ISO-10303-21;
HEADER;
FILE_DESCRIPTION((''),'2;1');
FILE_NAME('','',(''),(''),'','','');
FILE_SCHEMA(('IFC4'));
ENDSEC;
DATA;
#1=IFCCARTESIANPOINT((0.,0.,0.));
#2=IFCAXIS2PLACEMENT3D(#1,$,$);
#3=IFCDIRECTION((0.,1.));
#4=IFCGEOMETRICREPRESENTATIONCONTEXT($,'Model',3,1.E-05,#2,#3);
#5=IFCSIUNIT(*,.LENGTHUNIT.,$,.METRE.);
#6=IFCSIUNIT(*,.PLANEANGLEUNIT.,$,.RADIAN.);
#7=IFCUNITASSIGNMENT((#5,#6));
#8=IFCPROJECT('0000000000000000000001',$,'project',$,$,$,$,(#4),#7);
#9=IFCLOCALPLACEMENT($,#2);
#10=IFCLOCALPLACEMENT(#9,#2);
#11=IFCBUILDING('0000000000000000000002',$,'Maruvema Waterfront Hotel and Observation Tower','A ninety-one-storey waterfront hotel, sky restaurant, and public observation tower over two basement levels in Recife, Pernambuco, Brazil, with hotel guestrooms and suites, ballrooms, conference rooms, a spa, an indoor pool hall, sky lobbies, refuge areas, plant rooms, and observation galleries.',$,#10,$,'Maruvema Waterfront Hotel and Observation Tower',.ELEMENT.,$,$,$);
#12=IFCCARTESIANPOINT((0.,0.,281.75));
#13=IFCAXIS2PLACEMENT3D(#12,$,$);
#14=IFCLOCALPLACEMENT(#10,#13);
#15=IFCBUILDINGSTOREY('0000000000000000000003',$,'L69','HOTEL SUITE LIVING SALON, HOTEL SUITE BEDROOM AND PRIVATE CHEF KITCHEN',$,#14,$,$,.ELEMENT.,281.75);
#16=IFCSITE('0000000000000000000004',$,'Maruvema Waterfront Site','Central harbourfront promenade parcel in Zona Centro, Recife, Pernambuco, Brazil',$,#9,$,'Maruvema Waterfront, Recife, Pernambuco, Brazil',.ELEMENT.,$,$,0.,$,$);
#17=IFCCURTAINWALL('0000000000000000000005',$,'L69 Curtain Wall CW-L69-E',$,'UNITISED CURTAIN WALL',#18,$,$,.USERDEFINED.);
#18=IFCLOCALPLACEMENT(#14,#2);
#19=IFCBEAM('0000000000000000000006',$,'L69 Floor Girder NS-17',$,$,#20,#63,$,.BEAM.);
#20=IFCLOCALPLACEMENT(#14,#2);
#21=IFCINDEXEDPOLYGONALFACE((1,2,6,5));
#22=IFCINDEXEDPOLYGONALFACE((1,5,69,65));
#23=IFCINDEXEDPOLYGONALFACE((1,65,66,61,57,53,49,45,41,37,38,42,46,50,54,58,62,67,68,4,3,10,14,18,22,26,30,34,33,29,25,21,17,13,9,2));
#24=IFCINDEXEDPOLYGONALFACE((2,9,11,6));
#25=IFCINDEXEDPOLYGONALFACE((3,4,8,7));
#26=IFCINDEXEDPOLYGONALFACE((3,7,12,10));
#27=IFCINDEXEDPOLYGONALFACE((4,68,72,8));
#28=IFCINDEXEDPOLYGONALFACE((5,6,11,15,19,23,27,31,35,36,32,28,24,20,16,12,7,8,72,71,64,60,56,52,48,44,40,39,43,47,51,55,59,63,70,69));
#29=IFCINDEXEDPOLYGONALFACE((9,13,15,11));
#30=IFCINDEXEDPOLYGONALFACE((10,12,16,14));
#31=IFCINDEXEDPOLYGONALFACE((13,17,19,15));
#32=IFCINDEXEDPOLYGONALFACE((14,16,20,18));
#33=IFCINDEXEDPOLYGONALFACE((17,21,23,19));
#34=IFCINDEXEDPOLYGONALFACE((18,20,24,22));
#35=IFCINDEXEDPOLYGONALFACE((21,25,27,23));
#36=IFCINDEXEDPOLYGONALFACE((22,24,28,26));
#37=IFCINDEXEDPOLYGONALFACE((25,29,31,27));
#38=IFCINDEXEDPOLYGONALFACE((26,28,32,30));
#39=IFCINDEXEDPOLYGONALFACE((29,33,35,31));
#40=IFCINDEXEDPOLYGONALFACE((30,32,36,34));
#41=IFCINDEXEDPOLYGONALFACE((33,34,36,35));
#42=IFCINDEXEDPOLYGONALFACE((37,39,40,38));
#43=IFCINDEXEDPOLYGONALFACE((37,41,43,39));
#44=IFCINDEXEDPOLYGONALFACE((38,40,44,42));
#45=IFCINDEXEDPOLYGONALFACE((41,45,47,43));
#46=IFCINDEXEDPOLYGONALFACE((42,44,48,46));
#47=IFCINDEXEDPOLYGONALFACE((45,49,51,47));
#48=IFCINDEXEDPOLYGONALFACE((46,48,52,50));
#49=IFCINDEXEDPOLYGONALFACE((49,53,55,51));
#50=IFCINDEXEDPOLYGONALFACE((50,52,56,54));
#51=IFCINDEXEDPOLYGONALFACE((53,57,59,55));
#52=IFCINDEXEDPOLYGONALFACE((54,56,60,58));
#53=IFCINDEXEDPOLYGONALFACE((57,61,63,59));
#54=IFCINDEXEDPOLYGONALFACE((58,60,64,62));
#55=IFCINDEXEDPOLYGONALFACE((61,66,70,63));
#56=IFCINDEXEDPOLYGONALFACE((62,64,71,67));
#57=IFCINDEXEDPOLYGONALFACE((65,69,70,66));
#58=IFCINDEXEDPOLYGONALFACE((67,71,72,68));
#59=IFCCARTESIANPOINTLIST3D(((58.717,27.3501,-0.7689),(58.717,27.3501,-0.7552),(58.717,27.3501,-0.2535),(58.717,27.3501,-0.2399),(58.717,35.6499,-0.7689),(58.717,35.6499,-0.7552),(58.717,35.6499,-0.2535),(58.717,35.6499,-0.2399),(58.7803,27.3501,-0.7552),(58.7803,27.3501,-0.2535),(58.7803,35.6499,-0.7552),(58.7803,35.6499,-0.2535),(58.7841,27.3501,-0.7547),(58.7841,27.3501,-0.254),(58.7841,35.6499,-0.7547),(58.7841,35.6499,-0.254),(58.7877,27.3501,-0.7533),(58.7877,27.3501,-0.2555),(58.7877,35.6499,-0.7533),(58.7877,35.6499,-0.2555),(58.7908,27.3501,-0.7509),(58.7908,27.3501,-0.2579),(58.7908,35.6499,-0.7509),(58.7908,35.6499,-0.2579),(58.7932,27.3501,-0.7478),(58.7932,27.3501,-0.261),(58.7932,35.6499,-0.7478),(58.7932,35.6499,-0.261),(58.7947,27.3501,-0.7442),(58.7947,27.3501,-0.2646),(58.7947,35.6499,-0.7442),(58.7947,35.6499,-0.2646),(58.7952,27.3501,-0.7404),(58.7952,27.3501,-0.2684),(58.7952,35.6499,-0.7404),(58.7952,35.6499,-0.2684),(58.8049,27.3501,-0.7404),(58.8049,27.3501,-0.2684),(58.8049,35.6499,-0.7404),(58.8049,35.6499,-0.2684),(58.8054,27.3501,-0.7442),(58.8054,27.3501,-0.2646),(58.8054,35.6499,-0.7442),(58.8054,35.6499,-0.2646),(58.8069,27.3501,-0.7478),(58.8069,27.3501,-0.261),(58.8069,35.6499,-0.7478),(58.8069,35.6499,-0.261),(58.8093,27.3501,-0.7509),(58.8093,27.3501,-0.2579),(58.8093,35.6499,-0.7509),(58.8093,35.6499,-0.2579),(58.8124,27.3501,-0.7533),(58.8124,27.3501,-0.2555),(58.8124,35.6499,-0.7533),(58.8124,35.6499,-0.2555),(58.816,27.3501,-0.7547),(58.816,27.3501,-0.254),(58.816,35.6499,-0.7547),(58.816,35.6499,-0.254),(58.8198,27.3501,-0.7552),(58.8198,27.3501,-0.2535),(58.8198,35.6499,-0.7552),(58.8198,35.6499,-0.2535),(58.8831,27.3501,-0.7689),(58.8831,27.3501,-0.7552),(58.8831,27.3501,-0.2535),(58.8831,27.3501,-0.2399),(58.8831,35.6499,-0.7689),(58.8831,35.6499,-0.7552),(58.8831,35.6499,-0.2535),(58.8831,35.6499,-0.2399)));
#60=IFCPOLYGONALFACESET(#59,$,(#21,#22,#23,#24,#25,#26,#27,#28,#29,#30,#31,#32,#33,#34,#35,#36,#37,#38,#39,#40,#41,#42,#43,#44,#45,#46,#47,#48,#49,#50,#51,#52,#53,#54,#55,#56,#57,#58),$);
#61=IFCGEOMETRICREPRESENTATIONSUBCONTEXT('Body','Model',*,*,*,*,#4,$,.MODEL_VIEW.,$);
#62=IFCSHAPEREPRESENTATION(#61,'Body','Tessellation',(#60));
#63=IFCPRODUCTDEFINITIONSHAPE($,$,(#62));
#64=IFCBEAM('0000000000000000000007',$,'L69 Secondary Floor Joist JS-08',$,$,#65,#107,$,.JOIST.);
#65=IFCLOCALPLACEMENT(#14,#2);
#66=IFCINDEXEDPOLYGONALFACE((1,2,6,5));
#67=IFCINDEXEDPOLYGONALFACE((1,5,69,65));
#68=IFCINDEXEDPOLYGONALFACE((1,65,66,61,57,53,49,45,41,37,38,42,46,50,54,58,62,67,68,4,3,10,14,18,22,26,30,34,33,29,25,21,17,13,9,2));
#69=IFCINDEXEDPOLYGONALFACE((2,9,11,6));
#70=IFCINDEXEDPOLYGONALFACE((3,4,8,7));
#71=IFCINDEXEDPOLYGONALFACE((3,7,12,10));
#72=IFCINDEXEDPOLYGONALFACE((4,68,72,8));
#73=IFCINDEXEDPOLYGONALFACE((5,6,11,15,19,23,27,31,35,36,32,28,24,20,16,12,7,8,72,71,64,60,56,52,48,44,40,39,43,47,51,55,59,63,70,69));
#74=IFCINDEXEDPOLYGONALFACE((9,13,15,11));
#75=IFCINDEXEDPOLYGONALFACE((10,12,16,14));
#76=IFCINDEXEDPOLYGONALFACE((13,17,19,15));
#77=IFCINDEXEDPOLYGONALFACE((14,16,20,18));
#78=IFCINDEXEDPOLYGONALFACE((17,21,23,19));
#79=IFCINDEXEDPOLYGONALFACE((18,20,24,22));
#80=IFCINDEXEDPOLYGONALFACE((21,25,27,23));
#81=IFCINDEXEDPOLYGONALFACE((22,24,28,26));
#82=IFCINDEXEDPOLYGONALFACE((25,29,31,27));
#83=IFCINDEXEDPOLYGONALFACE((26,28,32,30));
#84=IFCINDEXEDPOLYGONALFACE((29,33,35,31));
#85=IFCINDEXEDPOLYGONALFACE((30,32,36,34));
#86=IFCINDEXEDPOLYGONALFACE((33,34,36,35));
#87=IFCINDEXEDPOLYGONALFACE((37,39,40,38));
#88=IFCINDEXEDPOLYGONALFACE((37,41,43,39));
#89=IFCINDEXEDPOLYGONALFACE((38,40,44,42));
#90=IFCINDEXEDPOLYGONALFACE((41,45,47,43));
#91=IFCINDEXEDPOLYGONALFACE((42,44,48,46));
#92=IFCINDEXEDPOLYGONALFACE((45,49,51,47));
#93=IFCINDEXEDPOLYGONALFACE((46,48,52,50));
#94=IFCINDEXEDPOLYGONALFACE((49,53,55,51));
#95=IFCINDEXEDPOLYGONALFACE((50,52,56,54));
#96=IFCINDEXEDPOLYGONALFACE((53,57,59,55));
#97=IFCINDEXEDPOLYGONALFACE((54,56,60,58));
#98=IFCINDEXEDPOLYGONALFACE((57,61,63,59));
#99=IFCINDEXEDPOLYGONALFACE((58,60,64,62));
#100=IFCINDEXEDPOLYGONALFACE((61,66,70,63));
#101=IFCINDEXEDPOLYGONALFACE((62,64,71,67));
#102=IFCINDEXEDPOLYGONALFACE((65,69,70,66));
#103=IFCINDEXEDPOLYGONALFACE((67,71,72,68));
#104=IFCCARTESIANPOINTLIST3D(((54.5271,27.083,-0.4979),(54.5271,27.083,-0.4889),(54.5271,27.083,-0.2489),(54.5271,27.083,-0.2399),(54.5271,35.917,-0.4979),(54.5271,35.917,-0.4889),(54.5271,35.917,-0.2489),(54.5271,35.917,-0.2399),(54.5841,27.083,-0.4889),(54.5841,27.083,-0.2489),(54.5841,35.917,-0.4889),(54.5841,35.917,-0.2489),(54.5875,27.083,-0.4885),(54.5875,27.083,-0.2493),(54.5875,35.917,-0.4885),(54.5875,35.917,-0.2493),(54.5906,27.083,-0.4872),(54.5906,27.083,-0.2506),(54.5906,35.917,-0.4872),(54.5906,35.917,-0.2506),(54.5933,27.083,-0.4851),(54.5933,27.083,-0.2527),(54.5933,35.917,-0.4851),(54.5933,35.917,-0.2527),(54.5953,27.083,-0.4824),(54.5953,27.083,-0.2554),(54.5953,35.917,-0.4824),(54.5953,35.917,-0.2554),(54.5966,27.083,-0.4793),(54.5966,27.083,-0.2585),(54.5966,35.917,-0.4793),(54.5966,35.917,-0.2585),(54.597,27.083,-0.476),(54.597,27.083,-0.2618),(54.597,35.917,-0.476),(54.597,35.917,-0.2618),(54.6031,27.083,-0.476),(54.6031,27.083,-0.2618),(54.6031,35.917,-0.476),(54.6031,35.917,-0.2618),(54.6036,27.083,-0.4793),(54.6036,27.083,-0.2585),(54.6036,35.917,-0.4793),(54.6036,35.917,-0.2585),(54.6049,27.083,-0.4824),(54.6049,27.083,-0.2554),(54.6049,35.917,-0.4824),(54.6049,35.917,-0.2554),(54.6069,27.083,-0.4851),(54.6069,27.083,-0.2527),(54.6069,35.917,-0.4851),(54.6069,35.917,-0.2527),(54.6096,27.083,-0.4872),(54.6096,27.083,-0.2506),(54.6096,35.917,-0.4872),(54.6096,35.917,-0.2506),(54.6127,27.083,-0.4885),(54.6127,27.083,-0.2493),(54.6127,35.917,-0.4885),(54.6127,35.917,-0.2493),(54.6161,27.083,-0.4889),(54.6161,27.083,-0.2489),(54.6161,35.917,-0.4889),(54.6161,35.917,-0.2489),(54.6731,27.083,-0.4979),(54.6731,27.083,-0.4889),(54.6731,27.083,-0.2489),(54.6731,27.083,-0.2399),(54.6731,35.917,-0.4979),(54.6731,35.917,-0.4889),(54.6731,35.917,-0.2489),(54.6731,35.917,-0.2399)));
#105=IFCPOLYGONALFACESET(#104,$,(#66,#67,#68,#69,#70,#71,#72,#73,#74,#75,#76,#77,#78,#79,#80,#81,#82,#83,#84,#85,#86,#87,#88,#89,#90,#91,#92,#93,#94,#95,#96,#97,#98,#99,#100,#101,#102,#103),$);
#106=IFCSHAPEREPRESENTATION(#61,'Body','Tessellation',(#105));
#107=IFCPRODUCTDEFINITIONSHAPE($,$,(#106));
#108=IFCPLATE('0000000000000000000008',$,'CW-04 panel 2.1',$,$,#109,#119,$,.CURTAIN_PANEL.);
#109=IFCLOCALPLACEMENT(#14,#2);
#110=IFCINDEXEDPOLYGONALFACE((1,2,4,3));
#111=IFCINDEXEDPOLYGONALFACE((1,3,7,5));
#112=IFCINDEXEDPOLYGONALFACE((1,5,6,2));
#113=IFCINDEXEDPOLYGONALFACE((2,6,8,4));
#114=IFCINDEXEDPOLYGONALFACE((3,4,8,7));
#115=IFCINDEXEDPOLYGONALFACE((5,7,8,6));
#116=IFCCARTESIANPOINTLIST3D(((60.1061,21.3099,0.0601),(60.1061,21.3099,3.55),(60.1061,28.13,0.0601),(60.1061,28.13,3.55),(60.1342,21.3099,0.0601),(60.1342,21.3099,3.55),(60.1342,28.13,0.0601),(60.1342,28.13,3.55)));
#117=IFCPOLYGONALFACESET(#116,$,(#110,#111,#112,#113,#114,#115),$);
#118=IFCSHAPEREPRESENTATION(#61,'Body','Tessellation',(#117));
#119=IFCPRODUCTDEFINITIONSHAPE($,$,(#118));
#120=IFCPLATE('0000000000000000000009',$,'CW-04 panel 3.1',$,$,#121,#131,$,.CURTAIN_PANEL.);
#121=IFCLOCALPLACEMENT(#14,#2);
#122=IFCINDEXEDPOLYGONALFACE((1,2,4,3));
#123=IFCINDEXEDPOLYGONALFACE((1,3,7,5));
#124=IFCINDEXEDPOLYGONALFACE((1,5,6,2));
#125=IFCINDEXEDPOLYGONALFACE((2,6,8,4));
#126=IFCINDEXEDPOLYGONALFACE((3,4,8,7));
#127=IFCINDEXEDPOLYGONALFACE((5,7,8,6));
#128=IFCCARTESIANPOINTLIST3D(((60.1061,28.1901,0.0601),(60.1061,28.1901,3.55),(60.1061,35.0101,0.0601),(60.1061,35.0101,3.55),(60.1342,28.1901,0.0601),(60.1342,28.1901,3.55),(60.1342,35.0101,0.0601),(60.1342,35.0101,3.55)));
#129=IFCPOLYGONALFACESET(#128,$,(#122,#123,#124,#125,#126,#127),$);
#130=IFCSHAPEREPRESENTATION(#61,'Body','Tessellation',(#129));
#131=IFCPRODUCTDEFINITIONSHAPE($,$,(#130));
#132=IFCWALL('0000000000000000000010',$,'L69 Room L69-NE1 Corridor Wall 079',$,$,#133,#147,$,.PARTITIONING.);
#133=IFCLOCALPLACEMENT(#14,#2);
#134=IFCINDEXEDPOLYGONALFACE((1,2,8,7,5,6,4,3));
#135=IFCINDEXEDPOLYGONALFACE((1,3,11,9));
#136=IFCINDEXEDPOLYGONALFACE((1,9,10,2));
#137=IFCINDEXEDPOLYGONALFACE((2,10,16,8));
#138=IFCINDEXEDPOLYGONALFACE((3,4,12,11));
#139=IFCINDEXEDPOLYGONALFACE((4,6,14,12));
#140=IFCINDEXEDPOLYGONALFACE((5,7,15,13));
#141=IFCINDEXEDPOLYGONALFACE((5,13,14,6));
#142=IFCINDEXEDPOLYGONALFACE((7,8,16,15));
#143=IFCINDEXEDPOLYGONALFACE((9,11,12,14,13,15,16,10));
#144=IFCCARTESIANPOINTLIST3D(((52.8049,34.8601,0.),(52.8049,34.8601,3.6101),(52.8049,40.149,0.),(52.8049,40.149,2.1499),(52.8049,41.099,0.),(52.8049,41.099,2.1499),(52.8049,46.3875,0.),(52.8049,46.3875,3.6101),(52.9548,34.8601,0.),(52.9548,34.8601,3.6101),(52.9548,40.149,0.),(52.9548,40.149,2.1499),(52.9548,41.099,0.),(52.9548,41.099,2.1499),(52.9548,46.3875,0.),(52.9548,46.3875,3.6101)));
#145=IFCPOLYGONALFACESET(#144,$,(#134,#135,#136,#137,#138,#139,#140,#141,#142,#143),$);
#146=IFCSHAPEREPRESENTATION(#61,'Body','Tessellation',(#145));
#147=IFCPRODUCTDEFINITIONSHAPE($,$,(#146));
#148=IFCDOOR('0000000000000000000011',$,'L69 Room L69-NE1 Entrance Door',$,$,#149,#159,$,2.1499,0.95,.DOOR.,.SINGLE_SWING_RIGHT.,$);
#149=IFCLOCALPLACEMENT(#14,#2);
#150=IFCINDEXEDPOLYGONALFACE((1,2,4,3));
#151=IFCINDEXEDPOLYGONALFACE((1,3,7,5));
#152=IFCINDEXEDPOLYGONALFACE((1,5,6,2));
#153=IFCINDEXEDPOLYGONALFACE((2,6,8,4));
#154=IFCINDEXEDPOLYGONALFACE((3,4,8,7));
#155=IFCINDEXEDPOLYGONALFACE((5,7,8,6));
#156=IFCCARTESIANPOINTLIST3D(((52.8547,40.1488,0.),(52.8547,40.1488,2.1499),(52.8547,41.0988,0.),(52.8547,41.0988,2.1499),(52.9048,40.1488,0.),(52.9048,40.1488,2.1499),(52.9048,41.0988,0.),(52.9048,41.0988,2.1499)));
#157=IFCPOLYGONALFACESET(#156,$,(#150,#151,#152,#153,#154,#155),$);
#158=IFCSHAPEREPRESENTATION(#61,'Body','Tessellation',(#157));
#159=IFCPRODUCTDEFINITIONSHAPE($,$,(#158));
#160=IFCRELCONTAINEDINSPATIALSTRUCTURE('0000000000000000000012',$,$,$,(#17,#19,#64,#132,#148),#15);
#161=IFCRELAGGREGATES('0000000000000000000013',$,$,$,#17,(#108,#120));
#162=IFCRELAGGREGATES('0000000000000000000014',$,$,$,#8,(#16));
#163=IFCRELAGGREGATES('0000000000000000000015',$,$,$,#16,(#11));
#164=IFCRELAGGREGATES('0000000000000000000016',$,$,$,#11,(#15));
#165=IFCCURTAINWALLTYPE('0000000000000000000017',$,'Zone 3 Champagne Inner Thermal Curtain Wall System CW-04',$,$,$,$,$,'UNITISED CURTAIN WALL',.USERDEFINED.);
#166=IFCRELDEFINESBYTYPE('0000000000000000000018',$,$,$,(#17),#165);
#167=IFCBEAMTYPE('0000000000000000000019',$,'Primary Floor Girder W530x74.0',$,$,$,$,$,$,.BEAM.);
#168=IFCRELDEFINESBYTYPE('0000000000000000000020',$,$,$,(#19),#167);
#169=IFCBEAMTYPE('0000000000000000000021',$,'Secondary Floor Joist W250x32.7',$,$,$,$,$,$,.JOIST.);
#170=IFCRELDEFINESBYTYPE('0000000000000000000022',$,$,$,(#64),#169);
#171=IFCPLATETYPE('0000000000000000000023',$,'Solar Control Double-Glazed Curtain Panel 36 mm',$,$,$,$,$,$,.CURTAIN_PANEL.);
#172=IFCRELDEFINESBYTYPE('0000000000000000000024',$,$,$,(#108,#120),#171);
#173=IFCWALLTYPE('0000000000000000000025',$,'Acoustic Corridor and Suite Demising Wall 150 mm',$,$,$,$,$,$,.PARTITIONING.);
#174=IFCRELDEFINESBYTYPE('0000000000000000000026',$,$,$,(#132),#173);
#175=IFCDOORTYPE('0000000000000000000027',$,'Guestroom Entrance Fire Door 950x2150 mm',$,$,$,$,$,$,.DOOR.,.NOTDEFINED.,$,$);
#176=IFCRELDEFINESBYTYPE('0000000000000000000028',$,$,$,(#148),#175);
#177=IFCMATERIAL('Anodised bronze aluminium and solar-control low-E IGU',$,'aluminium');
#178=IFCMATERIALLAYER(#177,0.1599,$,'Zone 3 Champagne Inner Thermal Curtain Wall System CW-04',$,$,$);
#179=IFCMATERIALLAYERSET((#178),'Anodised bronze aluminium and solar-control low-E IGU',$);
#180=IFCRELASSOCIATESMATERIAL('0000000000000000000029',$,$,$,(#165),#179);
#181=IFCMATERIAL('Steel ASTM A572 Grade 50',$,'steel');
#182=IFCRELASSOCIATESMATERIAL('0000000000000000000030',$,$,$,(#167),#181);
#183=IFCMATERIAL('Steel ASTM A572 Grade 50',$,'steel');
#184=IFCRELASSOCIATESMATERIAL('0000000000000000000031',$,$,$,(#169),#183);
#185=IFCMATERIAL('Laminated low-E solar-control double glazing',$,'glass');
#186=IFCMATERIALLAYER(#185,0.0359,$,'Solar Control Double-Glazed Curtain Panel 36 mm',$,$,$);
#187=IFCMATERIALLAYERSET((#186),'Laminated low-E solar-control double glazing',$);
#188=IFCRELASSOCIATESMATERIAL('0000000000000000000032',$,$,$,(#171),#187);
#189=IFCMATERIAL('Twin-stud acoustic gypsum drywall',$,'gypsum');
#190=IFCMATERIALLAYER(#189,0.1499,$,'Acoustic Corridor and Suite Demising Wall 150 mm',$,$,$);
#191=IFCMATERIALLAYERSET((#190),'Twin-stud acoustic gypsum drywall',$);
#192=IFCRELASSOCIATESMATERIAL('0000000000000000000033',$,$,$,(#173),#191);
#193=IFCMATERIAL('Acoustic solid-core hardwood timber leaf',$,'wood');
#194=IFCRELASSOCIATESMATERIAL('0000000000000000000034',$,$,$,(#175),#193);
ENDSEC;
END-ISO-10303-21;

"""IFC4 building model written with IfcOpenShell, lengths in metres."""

from ifc_helpers import new_model, si_unit, direction, frame, frame_2d, origin, origin_2d, place, context, subcontext, project, spatial, rectangle, i_section, extrude, material, layer, layer_set, material_profile, profile_set, type_object, element, fill, aggregate, save


model = new_model("IFC4")

# Units and contexts
model_context = context("Model", 3, precision=1e-05, world=origin(), true_north=direction((0.0, 1.0)))
body_context = subcontext(model_context, "Body", "Model", "MODEL_VIEW")
ifc_project = project(units=[si_unit("LENGTHUNIT", "METRE"), si_unit("PLANEANGLEUNIT", "RADIAN")], contexts=[model_context])

# Site, building, storey
site_placement = place(None, origin())
site = spatial("IfcSite", under=ifc_project, at=site_placement, Name="Maruvema Waterfront Site", Description="Central harbourfront promenade parcel in Zona Centro, Recife, Pernambuco, Brazil", LongName="Maruvema Waterfront, Recife, Pernambuco, Brazil", CompositionType="ELEMENT", RefElevation=0.0)
building_placement = place(site_placement, origin())
building = spatial("IfcBuilding", under=site, at=building_placement, Name="Maruvema Waterfront Hotel and Observation Tower", Description="A ninety-one-storey waterfront hotel, sky restaurant, and public observation tower over two basement levels in Recife, Pernambuco, Brazil, with hotel guestrooms and suites, ballrooms, conference rooms, a spa, an indoor pool hall, sky lobbies, refuge areas, plant rooms, and observation galleries.", LongName="Maruvema Waterfront Hotel and Observation Tower", CompositionType="ELEMENT")
storey_placement = place(building_placement, frame((0.0, 0.0, 281.75)))
storey = spatial("IfcBuildingStorey", under=building, at=storey_placement, Name="L69", Description="HOTEL SUITE LIVING SALON, HOTEL SUITE BEDROOM AND PRIVATE CHEF KITCHEN", CompositionType="ELEMENT", Elevation=281.75)

# Curtain wall
ifc_material_1 = material(Name="Anodised bronze aluminium and solar-control low-E IGU", Category="aluminium")
ifc_layer_1 = layer(ifc_material_1, 0.1599, Name="Zone 3 Champagne Inner Thermal Curtain Wall System CW-04")
ifc_layer_set_1 = layer_set([ifc_layer_1], Name="Anodised bronze aluminium and solar-control low-E IGU")
curtain_wall_type = type_object("IfcCurtainWallType", Name="Zone 3 Champagne Inner Thermal Curtain Wall System CW-04", ElementType="UNITISED CURTAIN WALL", PredefinedType="USERDEFINED", material=ifc_layer_set_1)
curtain_wall_placement = place(storey_placement, origin())
curtain_wall = element("IfcCurtainWall", 1, at=curtain_wall_placement, inside=storey, type_object=curtain_wall_type, Name="L69 Curtain Wall CW-L69-E", ObjectType="UNITISED CURTAIN WALL", PredefinedType="USERDEFINED")

# Beams
ifc_material_2 = material(Name="Steel ASTM A572 Grade 50", Category="steel")
ifc_material_profile_1 = material_profile(ifc_material_2, i_section(OverallWidth=0.166, OverallDepth=0.5291, WebThickness=0.0098, FlangeThickness=0.0137, FilletRadius=0.0149, at=origin_2d()), Name="W530x74.0")
ifc_profile_set_1 = profile_set([ifc_material_profile_1], Name="Steel ASTM A572 Grade 50")
beam_type_1 = type_object("IfcBeamType", Name="Primary Floor Girder W530x74.0", PredefinedType="BEAM", material=ifc_profile_set_1)
beam_1_placement = place(storey_placement, frame((58.8, 27.3501, -0.5044), z_axis=(0.0, 1.0, 0.0), x_axis=(-1.0, 0.0, 0.0)))
element("IfcBeam", 2, at=beam_1_placement, inside=storey, type_object=beam_type_1, Name="L69 Floor Girder NS-17", PredefinedType="BEAM", context=body_context, shape_type="SweptSolid", body=[
    extrude(i_section(OverallWidth=0.166, OverallDepth=0.5291, WebThickness=0.0098, FlangeThickness=0.0137, FilletRadius=0.0149, at=origin_2d()), origin(), (0.0, 0.0, 1.0), 8.2998),
])
ifc_material_3 = material(Name="Steel ASTM A572 Grade 50", Category="steel")
ifc_material_profile_2 = material_profile(ifc_material_3, i_section(OverallWidth=0.146, OverallDepth=0.2581, WebThickness=0.0061, FlangeThickness=0.009, FilletRadius=0.0129, at=origin_2d()), Name="W250x32.7")
ifc_profile_set_2 = profile_set([ifc_material_profile_2], Name="Steel ASTM A572 Grade 50")
beam_type_2 = type_object("IfcBeamType", Name="Secondary Floor Joist W250x32.7", PredefinedType="JOIST", material=ifc_profile_set_2)
beam_2_placement = place(storey_placement, frame((54.6001, 27.083, -0.3689), z_axis=(0.0, 1.0, 0.0), x_axis=(-1.0, 0.0, 0.0)))
element("IfcBeam", 3, at=beam_2_placement, inside=storey, type_object=beam_type_2, Name="L69 Secondary Floor Joist JS-08", PredefinedType="JOIST", context=body_context, shape_type="SweptSolid", body=[
    extrude(i_section(OverallWidth=0.146, OverallDepth=0.2581, WebThickness=0.0061, FlangeThickness=0.009, FilletRadius=0.0129, at=origin_2d()), origin(), (0.0, 0.0, 1.0), 8.834),
])

# Plates
ifc_material_4 = material(Name="Laminated low-E solar-control double glazing", Category="glass")
ifc_layer_2 = layer(ifc_material_4, 0.0359, Name="Solar Control Double-Glazed Curtain Panel 36 mm")
ifc_layer_set_2 = layer_set([ifc_layer_2], Name="Laminated low-E solar-control double glazing")
plate_type = type_object("IfcPlateType", Name="Solar Control Double-Glazed Curtain Panel 36 mm", PredefinedType="CURTAIN_PANEL", material=ifc_layer_set_2)
plate_1_placement = place(storey_placement, frame((60.1201, 24.72, 0.0601), z_axis=(0.0, 0.0, 1.0), x_axis=(0.0, 1.0, 0.0)))
plate_1 = element("IfcPlate", 4, at=plate_1_placement, type_object=plate_type, Name="CW-04 panel 2.1", PredefinedType="CURTAIN_PANEL", context=body_context, shape_type="SweptSolid", body=[
    extrude(rectangle(XDim=6.8201, YDim=0.0281, at=origin_2d()), origin(), (0.0, 0.0, 1.0), 3.49),
])
plate_2_placement = place(storey_placement, frame((60.1201, 31.6001, 0.0601), z_axis=(0.0, 0.0, 1.0), x_axis=(0.0, 1.0, 0.0)))
plate_2 = element("IfcPlate", 5, at=plate_2_placement, type_object=plate_type, Name="CW-04 panel 3.1", PredefinedType="CURTAIN_PANEL", context=body_context, shape_type="SweptSolid", body=[
    extrude(rectangle(XDim=6.8201, YDim=0.0281, at=origin_2d()), origin(), (0.0, 0.0, 1.0), 3.49),
])
aggregate(curtain_wall, [plate_1, plate_2])

# Wall, opening, door
ifc_material_5 = material(Name="Twin-stud acoustic gypsum drywall", Category="gypsum")
ifc_layer_3 = layer(ifc_material_5, 0.1499, Name="Acoustic Corridor and Suite Demising Wall 150 mm")
ifc_layer_set_3 = layer_set([ifc_layer_3], Name="Twin-stud acoustic gypsum drywall")
wall_type_1 = type_object("IfcWallType", Name="Acoustic Corridor and Suite Demising Wall 150 mm", PredefinedType="PARTITIONING", material=ifc_layer_set_3)
wall_1_placement = place(storey_placement, frame((52.8799, 34.8601, 0.0), z_axis=(0.0, 0.0, 1.0), x_axis=(0.0, 1.0, 0.0)))
wall_1 = element("IfcWall", 6, at=wall_1_placement, inside=storey, type_object=wall_type_1, Name="L69 Room L69-NE1 Corridor Wall 079", PredefinedType="PARTITIONING", context=body_context, shape_type="SweptSolid", body=[
    extrude(rectangle(XDim=11.5273, YDim=0.1499, at=frame_2d((5.7637, 0.0))), origin(), (0.0, 0.0, 1.0), 3.6101),
])
opening_1_placement = place(wall_1_placement, frame((5.2888, 0.0, 0.0)))
opening_1 = element("IfcOpeningElement", 7, at=opening_1_placement, cuts=wall_1, PredefinedType="OPENING", context=body_context, shape_type="SweptSolid", body=[
    extrude(rectangle(XDim=0.95, YDim=2.1499, at=frame_2d((0.4751, 1.075))), frame((0.0, 0.085, 0.0), z_axis=(0.0, -1.0, 0.0), x_axis=(1.0, 0.0, 0.0)), (0.0, 0.0, 1.0), 0.1699),
])
ifc_material_6 = material(Name="Acoustic solid-core hardwood timber leaf", Category="wood")
door_type_1 = type_object("IfcDoorType", Name="Guestroom Entrance Fire Door 950x2150 mm", OperationType="NOTDEFINED", PredefinedType="DOOR", material=ifc_material_6)
door_1_placement = place(opening_1_placement, frame((0.95, 0.0, 0.0), z_axis=(0.0, 0.0, 1.0), x_axis=(-1.0, 0.0, 0.0)))
door_1 = element("IfcDoor", 8, at=door_1_placement, inside=storey, type_object=door_type_1, Name="L69 Room L69-NE1 Entrance Door", OperationType="SINGLE_SWING_RIGHT", OverallHeight=2.1499, OverallWidth=0.95, PredefinedType="DOOR", context=body_context, shape_type="SweptSolid", body=[
    extrude(rectangle(XDim=0.95, YDim=2.1499, at=frame_2d((0.4751, 1.075))), frame((0.0, 0.0249, 0.0), z_axis=(0.0, -1.0, 0.0), x_axis=(1.0, 0.0, 0.0)), (0.0, 0.0, 1.0), 0.05),
])
fill(opening_1, door_1)

save(model, "model.ifc")
